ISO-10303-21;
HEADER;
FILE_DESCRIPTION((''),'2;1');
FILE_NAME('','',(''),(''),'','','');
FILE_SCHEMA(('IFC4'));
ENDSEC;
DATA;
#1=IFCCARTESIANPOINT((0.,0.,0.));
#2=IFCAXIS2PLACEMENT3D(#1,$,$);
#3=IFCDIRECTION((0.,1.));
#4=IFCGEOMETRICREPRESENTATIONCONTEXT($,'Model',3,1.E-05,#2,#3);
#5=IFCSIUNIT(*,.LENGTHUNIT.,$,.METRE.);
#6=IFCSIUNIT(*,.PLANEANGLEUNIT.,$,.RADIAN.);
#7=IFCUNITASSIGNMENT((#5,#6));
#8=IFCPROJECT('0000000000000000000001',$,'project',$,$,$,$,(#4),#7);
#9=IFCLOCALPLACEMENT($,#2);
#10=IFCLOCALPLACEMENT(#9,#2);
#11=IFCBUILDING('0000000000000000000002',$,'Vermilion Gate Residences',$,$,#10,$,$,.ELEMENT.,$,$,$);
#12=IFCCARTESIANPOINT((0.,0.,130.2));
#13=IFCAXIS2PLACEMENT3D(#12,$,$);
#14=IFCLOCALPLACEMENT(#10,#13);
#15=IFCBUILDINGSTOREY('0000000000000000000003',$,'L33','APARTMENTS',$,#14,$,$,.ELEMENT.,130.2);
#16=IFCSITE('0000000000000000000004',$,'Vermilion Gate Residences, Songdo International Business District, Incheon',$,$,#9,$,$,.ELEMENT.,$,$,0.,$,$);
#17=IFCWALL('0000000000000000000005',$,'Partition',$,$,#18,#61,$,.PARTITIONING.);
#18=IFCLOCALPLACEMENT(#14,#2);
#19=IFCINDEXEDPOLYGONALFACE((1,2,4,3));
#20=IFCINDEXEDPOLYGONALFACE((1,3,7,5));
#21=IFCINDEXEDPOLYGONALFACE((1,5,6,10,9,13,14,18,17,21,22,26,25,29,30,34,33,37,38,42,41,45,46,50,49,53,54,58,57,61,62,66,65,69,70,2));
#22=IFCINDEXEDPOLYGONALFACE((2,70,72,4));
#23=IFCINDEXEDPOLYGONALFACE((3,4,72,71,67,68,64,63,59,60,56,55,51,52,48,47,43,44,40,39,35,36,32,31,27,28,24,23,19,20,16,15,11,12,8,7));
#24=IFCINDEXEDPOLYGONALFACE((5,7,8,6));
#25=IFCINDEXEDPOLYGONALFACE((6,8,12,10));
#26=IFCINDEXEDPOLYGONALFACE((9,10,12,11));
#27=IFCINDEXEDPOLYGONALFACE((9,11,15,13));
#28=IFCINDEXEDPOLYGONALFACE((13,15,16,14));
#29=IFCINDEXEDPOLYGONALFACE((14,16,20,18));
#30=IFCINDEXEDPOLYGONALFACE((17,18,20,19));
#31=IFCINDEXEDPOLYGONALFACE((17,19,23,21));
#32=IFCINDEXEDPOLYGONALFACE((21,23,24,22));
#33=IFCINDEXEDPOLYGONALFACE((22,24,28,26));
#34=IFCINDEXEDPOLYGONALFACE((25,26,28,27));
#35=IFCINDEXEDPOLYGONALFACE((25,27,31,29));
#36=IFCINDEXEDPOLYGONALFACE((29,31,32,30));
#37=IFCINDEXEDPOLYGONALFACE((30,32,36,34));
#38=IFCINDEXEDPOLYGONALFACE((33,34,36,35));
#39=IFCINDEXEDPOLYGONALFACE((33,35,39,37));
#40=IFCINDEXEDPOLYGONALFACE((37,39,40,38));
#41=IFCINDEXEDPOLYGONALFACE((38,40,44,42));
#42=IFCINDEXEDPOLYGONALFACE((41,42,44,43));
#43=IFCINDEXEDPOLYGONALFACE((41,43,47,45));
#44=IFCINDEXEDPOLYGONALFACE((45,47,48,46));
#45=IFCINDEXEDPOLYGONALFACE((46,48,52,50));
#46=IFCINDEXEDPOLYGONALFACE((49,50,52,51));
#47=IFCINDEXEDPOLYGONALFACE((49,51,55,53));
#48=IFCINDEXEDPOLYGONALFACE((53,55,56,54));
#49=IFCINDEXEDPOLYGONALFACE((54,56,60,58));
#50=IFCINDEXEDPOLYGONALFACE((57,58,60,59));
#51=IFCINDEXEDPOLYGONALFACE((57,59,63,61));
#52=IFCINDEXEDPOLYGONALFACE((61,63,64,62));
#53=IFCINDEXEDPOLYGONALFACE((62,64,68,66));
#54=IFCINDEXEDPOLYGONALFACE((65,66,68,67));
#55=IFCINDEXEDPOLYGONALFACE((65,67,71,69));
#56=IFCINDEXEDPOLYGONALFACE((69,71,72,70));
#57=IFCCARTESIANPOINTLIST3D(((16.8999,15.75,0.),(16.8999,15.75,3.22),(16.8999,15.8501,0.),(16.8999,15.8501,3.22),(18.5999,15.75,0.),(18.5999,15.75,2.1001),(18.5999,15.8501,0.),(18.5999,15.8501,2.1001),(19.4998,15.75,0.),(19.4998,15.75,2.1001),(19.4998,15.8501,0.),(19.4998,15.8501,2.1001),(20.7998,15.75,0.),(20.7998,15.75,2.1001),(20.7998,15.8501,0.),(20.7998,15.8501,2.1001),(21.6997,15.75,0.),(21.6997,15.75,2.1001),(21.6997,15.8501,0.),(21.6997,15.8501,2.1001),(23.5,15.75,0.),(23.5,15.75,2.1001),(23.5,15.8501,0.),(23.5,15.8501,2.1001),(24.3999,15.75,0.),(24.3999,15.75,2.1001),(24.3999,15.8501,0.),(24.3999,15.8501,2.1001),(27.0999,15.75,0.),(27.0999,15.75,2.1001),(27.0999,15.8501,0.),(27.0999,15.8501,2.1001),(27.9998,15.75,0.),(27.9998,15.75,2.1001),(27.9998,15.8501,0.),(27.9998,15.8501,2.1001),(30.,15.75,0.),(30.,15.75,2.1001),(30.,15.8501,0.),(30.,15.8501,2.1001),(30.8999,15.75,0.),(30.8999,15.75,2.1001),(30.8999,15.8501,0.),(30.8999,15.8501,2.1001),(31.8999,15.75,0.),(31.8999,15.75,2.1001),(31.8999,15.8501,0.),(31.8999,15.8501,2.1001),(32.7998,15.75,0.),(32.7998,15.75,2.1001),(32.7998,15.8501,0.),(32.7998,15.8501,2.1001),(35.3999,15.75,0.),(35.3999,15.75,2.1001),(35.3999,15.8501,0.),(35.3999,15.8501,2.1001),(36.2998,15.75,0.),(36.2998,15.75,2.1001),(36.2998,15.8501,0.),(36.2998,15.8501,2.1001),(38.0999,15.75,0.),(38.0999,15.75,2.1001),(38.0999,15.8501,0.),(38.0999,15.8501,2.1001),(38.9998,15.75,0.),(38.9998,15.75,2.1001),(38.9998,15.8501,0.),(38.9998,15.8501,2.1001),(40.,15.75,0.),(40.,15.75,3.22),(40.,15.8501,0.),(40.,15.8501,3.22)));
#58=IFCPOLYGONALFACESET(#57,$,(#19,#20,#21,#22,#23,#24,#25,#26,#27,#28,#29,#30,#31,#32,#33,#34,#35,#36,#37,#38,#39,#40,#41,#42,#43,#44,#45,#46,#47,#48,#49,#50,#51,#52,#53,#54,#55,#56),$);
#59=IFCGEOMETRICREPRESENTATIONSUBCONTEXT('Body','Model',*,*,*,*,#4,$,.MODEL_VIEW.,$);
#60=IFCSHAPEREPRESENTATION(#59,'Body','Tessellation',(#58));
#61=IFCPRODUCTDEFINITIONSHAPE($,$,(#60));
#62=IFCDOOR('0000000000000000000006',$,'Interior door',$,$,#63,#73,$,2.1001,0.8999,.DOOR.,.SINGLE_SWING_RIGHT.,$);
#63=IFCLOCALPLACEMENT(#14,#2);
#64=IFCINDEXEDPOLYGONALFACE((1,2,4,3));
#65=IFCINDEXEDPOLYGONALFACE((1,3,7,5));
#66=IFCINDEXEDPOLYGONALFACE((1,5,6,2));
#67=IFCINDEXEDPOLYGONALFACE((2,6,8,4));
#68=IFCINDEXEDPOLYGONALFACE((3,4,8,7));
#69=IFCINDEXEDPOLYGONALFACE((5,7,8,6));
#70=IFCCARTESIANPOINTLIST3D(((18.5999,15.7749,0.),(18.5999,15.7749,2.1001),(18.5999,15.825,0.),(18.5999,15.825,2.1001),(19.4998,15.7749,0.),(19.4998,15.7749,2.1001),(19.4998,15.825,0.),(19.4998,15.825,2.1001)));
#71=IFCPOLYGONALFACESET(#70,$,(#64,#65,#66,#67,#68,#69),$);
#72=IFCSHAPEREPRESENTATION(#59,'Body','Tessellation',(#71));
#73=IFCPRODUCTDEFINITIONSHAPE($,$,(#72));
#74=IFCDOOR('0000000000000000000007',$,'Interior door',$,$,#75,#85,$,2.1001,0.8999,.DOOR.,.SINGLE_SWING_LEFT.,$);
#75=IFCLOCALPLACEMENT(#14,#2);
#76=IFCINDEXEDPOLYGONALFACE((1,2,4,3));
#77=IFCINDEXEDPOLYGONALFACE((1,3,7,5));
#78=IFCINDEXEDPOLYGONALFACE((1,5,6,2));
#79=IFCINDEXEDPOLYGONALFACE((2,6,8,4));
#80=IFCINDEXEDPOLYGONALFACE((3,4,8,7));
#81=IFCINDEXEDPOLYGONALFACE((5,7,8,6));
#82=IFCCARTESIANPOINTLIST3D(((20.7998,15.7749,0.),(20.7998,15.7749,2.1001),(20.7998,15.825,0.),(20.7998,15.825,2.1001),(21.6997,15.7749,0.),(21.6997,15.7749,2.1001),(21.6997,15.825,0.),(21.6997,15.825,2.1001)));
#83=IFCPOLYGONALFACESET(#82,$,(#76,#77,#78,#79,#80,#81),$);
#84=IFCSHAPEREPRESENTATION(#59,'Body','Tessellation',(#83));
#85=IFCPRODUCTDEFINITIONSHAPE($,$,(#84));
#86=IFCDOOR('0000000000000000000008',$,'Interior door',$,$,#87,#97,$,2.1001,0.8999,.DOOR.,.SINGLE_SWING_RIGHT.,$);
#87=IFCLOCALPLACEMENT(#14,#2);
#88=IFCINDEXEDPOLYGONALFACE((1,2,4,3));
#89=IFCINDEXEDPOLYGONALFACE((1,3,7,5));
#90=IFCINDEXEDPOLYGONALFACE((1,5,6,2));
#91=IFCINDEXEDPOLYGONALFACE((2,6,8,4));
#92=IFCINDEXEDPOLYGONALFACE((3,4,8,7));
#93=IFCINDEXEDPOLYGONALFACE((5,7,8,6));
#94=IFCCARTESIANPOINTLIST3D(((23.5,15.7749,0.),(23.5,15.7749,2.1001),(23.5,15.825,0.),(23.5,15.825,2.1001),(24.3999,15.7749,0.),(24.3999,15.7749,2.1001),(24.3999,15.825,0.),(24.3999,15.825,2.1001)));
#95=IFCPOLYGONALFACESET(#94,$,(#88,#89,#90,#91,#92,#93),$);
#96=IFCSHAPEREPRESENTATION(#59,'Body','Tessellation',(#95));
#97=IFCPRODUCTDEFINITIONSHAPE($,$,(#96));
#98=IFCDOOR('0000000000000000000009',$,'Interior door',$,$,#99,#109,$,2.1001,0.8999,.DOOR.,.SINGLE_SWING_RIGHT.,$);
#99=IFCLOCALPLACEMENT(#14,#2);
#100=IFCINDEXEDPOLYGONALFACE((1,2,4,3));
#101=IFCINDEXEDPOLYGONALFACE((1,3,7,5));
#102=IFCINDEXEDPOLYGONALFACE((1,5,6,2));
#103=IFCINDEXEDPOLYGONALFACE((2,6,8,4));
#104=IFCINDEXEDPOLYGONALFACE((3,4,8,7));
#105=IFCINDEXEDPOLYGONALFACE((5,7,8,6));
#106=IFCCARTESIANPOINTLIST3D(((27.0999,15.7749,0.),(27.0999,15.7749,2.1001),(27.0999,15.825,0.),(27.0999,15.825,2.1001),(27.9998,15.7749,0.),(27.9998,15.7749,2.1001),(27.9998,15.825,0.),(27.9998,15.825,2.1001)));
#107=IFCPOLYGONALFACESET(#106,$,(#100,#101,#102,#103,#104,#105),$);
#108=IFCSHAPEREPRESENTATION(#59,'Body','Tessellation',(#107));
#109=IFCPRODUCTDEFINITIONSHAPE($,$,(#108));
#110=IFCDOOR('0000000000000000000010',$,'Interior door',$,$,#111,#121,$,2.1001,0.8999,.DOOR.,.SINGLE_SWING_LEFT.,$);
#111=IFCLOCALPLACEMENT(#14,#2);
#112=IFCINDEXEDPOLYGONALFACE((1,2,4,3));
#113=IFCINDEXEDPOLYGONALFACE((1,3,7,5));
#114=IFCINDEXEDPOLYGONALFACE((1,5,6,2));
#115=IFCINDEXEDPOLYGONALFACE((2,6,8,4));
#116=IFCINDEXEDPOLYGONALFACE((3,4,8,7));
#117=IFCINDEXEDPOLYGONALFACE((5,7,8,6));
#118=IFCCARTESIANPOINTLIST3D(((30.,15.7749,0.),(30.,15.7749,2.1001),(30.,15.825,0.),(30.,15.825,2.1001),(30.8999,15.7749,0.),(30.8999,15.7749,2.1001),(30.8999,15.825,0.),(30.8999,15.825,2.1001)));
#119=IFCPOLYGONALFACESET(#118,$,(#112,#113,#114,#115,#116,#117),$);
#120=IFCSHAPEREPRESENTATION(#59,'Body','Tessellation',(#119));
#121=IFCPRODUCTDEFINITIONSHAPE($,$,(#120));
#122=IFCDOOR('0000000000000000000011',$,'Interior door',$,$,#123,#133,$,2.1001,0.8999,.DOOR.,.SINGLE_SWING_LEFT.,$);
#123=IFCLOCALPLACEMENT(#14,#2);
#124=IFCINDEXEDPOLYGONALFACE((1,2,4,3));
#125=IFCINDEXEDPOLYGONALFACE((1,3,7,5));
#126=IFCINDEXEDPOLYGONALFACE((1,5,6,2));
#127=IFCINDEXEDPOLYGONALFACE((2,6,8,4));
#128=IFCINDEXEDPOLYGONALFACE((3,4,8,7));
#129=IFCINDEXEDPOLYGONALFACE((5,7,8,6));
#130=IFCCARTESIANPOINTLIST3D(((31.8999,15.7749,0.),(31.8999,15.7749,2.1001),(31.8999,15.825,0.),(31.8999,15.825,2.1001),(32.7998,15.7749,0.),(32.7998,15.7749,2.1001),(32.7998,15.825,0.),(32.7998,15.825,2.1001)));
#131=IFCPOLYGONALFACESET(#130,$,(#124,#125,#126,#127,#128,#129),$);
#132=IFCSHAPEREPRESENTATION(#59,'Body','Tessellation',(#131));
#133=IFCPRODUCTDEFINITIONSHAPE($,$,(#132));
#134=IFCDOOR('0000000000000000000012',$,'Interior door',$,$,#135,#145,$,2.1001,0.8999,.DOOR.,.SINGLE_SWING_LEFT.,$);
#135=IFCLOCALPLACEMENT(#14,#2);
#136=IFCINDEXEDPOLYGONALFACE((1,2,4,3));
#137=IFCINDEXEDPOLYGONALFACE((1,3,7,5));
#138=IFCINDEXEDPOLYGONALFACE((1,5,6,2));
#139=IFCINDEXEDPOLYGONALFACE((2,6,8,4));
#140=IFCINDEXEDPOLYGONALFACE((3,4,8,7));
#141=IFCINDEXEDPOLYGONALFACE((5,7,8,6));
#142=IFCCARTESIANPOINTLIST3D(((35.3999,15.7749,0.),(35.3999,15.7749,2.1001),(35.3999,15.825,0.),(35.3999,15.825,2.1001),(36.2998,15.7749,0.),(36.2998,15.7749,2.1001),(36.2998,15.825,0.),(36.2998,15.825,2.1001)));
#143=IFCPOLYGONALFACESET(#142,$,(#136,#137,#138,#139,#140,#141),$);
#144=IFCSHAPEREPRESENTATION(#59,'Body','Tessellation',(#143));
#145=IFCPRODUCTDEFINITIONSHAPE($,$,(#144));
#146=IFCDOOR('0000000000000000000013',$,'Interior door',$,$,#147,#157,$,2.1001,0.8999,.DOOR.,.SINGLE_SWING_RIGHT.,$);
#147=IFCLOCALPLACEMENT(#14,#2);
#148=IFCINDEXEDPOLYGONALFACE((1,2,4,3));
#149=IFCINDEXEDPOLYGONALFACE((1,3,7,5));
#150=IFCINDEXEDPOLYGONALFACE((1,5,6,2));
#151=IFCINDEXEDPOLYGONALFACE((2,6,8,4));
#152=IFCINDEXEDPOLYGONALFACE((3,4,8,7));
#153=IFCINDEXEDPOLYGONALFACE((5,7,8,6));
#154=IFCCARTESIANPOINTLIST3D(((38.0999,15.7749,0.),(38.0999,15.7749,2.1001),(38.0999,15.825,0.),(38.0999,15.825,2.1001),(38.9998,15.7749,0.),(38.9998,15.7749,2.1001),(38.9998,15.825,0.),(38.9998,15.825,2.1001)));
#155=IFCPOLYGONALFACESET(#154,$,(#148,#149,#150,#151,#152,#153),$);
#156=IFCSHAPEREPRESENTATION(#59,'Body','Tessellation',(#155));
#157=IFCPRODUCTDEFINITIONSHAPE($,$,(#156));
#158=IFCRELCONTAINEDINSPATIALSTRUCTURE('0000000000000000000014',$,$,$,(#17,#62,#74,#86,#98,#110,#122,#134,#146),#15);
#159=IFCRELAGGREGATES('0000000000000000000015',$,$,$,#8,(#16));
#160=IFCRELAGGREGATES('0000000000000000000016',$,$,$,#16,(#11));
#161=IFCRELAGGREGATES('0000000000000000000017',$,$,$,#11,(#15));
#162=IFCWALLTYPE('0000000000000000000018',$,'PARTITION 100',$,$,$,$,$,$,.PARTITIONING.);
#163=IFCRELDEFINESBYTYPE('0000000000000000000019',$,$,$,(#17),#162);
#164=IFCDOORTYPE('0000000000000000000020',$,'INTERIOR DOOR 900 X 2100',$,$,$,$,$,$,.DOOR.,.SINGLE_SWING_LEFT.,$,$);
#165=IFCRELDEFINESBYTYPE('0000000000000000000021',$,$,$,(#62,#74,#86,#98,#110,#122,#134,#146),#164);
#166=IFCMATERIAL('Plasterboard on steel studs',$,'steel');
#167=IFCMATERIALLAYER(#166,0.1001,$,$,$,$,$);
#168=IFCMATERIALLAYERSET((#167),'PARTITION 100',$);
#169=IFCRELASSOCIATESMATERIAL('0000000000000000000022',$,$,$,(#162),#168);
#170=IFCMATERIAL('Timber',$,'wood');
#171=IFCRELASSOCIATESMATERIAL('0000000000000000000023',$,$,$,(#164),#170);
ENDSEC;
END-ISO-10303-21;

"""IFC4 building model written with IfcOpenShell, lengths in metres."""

from ifc_helpers import new_model, si_unit, direction, frame, frame_2d, origin, place, context, subcontext, project, spatial, rectangle, extrude, material, layer, layer_set, type_object, element, fill, save


model = new_model("IFC4")

# Units and contexts
model_context = context("Model", 3, precision=1e-05, world=origin(), true_north=direction((0.0, 1.0)))
body_context = subcontext(model_context, "Body", "Model", "MODEL_VIEW")
ifc_project = project(units=[si_unit("LENGTHUNIT", "METRE"), si_unit("PLANEANGLEUNIT", "RADIAN")], contexts=[model_context])

# Site, building, storey
site_placement = place(None, origin())
site = spatial("IfcSite", under=ifc_project, at=site_placement, Name="Vermilion Gate Residences, Songdo International Business District, Incheon", CompositionType="ELEMENT", RefElevation=0.0)
building_placement = place(site_placement, origin())
building = spatial("IfcBuilding", under=site, at=building_placement, Name="Vermilion Gate Residences", CompositionType="ELEMENT")
storey_placement = place(building_placement, frame((0.0, 0.0, 130.2)))
storey = spatial("IfcBuildingStorey", under=building, at=storey_placement, Name="L33", Description="APARTMENTS", CompositionType="ELEMENT", Elevation=130.2)

# Wall, openings, doors
ifc_material_1 = material(Name="Plasterboard on steel studs", Category="steel")
ifc_layer_1 = layer(ifc_material_1, 0.1001)
ifc_layer_set_1 = layer_set([ifc_layer_1], Name="PARTITION 100")
wall_type_1 = type_object("IfcWallType", Name="PARTITION 100", PredefinedType="PARTITIONING", material=ifc_layer_set_1)
wall_1_placement = place(storey_placement, frame((16.8999, 15.8, 0.0), z_axis=(0.0, 0.0, 1.0), x_axis=(1.0, 0.0, 0.0)))
wall_1 = element("IfcWall", 1, at=wall_1_placement, inside=storey, type_object=wall_type_1, Name="Partition", PredefinedType="PARTITIONING", context=body_context, shape_type="SweptSolid", body=[
    extrude(rectangle(XDim=23.1001, YDim=0.1001, at=frame_2d((11.55, 0.0))), origin(), (0.0, 0.0, 1.0), 3.22),
])
opening_1_placement = place(wall_1_placement, frame((1.7, 0.0, 0.0)))
opening_1 = element("IfcOpeningElement", 2, at=opening_1_placement, cuts=wall_1, PredefinedType="OPENING", context=body_context, shape_type="SweptSolid", body=[
    extrude(rectangle(XDim=0.8999, YDim=2.1001, at=frame_2d((0.45, 1.05))), frame((0.0, 0.0601, 0.0), z_axis=(0.0, -1.0, 0.0), x_axis=(1.0, 0.0, 0.0)), (0.0, 0.0, 1.0), 0.1201),
])
opening_2_placement = place(wall_1_placement, frame((3.8999, 0.0, 0.0)))
opening_2 = element("IfcOpeningElement", 3, at=opening_2_placement, cuts=wall_1, PredefinedType="OPENING", context=body_context, shape_type="SweptSolid", body=[
    extrude(rectangle(XDim=0.8999, YDim=2.1001, at=frame_2d((0.45, 1.05))), frame((0.0, 0.0601, 0.0), z_axis=(0.0, -1.0, 0.0), x_axis=(1.0, 0.0, 0.0)), (0.0, 0.0, 1.0), 0.1201),
])
opening_3_placement = place(wall_1_placement, frame((6.6001, 0.0, 0.0)))
opening_3 = element("IfcOpeningElement", 4, at=opening_3_placement, cuts=wall_1, PredefinedType="OPENING", context=body_context, shape_type="SweptSolid", body=[
    extrude(rectangle(XDim=0.8999, YDim=2.1001, at=frame_2d((0.45, 1.05))), frame((0.0, 0.0601, 0.0), z_axis=(0.0, -1.0, 0.0), x_axis=(1.0, 0.0, 0.0)), (0.0, 0.0, 1.0), 0.1201),
])
opening_4_placement = place(wall_1_placement, frame((10.2, 0.0, 0.0)))
opening_4 = element("IfcOpeningElement", 5, at=opening_4_placement, cuts=wall_1, PredefinedType="OPENING", context=body_context, shape_type="SweptSolid", body=[
    extrude(rectangle(XDim=0.8999, YDim=2.1001, at=frame_2d((0.45, 1.05))), frame((0.0, 0.0601, 0.0), z_axis=(0.0, -1.0, 0.0), x_axis=(1.0, 0.0, 0.0)), (0.0, 0.0, 1.0), 0.1201),
])
opening_5_placement = place(wall_1_placement, frame((13.1001, 0.0, 0.0)))
opening_5 = element("IfcOpeningElement", 6, at=opening_5_placement, cuts=wall_1, PredefinedType="OPENING", context=body_context, shape_type="SweptSolid", body=[
    extrude(rectangle(XDim=0.8999, YDim=2.1001, at=frame_2d((0.45, 1.05))), frame((0.0, 0.0601, 0.0), z_axis=(0.0, -1.0, 0.0), x_axis=(1.0, 0.0, 0.0)), (0.0, 0.0, 1.0), 0.1201),
])
opening_6_placement = place(wall_1_placement, frame((15.0, 0.0, 0.0)))
opening_6 = element("IfcOpeningElement", 7, at=opening_6_placement, cuts=wall_1, PredefinedType="OPENING", context=body_context, shape_type="SweptSolid", body=[
    extrude(rectangle(XDim=0.8999, YDim=2.1001, at=frame_2d((0.45, 1.05))), frame((0.0, 0.0601, 0.0), z_axis=(0.0, -1.0, 0.0), x_axis=(1.0, 0.0, 0.0)), (0.0, 0.0, 1.0), 0.1201),
])
opening_7_placement = place(wall_1_placement, frame((18.5, 0.0, 0.0)))
opening_7 = element("IfcOpeningElement", 8, at=opening_7_placement, cuts=wall_1, PredefinedType="OPENING", context=body_context, shape_type="SweptSolid", body=[
    extrude(rectangle(XDim=0.8999, YDim=2.1001, at=frame_2d((0.45, 1.05))), frame((0.0, 0.0601, 0.0), z_axis=(0.0, -1.0, 0.0), x_axis=(1.0, 0.0, 0.0)), (0.0, 0.0, 1.0), 0.1201),
])
opening_8_placement = place(wall_1_placement, frame((21.2, 0.0, 0.0)))
opening_8 = element("IfcOpeningElement", 9, at=opening_8_placement, cuts=wall_1, PredefinedType="OPENING", context=body_context, shape_type="SweptSolid", body=[
    extrude(rectangle(XDim=0.8999, YDim=2.1001, at=frame_2d((0.45, 1.05))), frame((0.0, 0.0601, 0.0), z_axis=(0.0, -1.0, 0.0), x_axis=(1.0, 0.0, 0.0)), (0.0, 0.0, 1.0), 0.1201),
])
ifc_material_2 = material(Name="Timber", Category="wood")
door_type = type_object("IfcDoorType", Name="INTERIOR DOOR 900 X 2100", OperationType="SINGLE_SWING_LEFT", PredefinedType="DOOR", material=ifc_material_2)
door_1_placement = place(opening_1_placement, origin())
door_1 = element("IfcDoor", 10, at=door_1_placement, inside=storey, type_object=door_type, Name="Interior door", OperationType="SINGLE_SWING_RIGHT", OverallHeight=2.1001, OverallWidth=0.8999, PredefinedType="DOOR", context=body_context, shape_type="SweptSolid", body=[
    extrude(rectangle(XDim=0.8999, YDim=2.1001, at=frame_2d((0.45, 1.05))), frame((0.0, 0.0249, 0.0), z_axis=(0.0, -1.0, 0.0), x_axis=(1.0, 0.0, 0.0)), (0.0, 0.0, 1.0), 0.05),
])
fill(opening_1, door_1)
door_2_placement = place(opening_2_placement, origin())
door_2 = element("IfcDoor", 11, at=door_2_placement, inside=storey, type_object=door_type, Name="Interior door", OperationType="SINGLE_SWING_LEFT", OverallHeight=2.1001, OverallWidth=0.8999, PredefinedType="DOOR", context=body_context, shape_type="SweptSolid", body=[
    extrude(rectangle(XDim=0.8999, YDim=2.1001, at=frame_2d((0.45, 1.05))), frame((0.0, 0.0249, 0.0), z_axis=(0.0, -1.0, 0.0), x_axis=(1.0, 0.0, 0.0)), (0.0, 0.0, 1.0), 0.05),
])
fill(opening_2, door_2)
door_3_placement = place(opening_3_placement, origin())
door_3 = element("IfcDoor", 12, at=door_3_placement, inside=storey, type_object=door_type, Name="Interior door", OperationType="SINGLE_SWING_RIGHT", OverallHeight=2.1001, OverallWidth=0.8999, PredefinedType="DOOR", context=body_context, shape_type="SweptSolid", body=[
    extrude(rectangle(XDim=0.8999, YDim=2.1001, at=frame_2d((0.45, 1.05))), frame((0.0, 0.0249, 0.0), z_axis=(0.0, -1.0, 0.0), x_axis=(1.0, 0.0, 0.0)), (0.0, 0.0, 1.0), 0.05),
])
fill(opening_3, door_3)
door_4_placement = place(opening_4_placement, origin())
door_4 = element("IfcDoor", 13, at=door_4_placement, inside=storey, type_object=door_type, Name="Interior door", OperationType="SINGLE_SWING_RIGHT", OverallHeight=2.1001, OverallWidth=0.8999, PredefinedType="DOOR", context=body_context, shape_type="SweptSolid", body=[
    extrude(rectangle(XDim=0.8999, YDim=2.1001, at=frame_2d((0.45, 1.05))), frame((0.0, 0.0249, 0.0), z_axis=(0.0, -1.0, 0.0), x_axis=(1.0, 0.0, 0.0)), (0.0, 0.0, 1.0), 0.05),
])
fill(opening_4, door_4)
door_5_placement = place(opening_5_placement, origin())
door_5 = element("IfcDoor", 14, at=door_5_placement, inside=storey, type_object=door_type, Name="Interior door", OperationType="SINGLE_SWING_LEFT", OverallHeight=2.1001, OverallWidth=0.8999, PredefinedType="DOOR", context=body_context, shape_type="SweptSolid", body=[
    extrude(rectangle(XDim=0.8999, YDim=2.1001, at=frame_2d((0.45, 1.05))), frame((0.0, 0.0249, 0.0), z_axis=(0.0, -1.0, 0.0), x_axis=(1.0, 0.0, 0.0)), (0.0, 0.0, 1.0), 0.05),
])
fill(opening_5, door_5)
door_6_placement = place(opening_6_placement, origin())
door_6 = element("IfcDoor", 15, at=door_6_placement, inside=storey, type_object=door_type, Name="Interior door", OperationType="SINGLE_SWING_LEFT", OverallHeight=2.1001, OverallWidth=0.8999, PredefinedType="DOOR", context=body_context, shape_type="SweptSolid", body=[
    extrude(rectangle(XDim=0.8999, YDim=2.1001, at=frame_2d((0.45, 1.05))), frame((0.0, 0.0249, 0.0), z_axis=(0.0, -1.0, 0.0), x_axis=(1.0, 0.0, 0.0)), (0.0, 0.0, 1.0), 0.05),
])
fill(opening_6, door_6)
door_7_placement = place(opening_7_placement, origin())
door_7 = element("IfcDoor", 16, at=door_7_placement, inside=storey, type_object=door_type, Name="Interior door", OperationType="SINGLE_SWING_LEFT", OverallHeight=2.1001, OverallWidth=0.8999, PredefinedType="DOOR", context=body_context, shape_type="SweptSolid", body=[
    extrude(rectangle(XDim=0.8999, YDim=2.1001, at=frame_2d((0.45, 1.05))), frame((0.0, 0.0249, 0.0), z_axis=(0.0, -1.0, 0.0), x_axis=(1.0, 0.0, 0.0)), (0.0, 0.0, 1.0), 0.05),
])
fill(opening_7, door_7)
door_8_placement = place(opening_8_placement, origin())
door_8 = element("IfcDoor", 17, at=door_8_placement, inside=storey, type_object=door_type, Name="Interior door", OperationType="SINGLE_SWING_RIGHT", OverallHeight=2.1001, OverallWidth=0.8999, PredefinedType="DOOR", context=body_context, shape_type="SweptSolid", body=[
    extrude(rectangle(XDim=0.8999, YDim=2.1001, at=frame_2d((0.45, 1.05))), frame((0.0, 0.0249, 0.0), z_axis=(0.0, -1.0, 0.0), x_axis=(1.0, 0.0, 0.0)), (0.0, 0.0, 1.0), 0.05),
])
fill(opening_8, door_8)

save(model, "model.ifc")
